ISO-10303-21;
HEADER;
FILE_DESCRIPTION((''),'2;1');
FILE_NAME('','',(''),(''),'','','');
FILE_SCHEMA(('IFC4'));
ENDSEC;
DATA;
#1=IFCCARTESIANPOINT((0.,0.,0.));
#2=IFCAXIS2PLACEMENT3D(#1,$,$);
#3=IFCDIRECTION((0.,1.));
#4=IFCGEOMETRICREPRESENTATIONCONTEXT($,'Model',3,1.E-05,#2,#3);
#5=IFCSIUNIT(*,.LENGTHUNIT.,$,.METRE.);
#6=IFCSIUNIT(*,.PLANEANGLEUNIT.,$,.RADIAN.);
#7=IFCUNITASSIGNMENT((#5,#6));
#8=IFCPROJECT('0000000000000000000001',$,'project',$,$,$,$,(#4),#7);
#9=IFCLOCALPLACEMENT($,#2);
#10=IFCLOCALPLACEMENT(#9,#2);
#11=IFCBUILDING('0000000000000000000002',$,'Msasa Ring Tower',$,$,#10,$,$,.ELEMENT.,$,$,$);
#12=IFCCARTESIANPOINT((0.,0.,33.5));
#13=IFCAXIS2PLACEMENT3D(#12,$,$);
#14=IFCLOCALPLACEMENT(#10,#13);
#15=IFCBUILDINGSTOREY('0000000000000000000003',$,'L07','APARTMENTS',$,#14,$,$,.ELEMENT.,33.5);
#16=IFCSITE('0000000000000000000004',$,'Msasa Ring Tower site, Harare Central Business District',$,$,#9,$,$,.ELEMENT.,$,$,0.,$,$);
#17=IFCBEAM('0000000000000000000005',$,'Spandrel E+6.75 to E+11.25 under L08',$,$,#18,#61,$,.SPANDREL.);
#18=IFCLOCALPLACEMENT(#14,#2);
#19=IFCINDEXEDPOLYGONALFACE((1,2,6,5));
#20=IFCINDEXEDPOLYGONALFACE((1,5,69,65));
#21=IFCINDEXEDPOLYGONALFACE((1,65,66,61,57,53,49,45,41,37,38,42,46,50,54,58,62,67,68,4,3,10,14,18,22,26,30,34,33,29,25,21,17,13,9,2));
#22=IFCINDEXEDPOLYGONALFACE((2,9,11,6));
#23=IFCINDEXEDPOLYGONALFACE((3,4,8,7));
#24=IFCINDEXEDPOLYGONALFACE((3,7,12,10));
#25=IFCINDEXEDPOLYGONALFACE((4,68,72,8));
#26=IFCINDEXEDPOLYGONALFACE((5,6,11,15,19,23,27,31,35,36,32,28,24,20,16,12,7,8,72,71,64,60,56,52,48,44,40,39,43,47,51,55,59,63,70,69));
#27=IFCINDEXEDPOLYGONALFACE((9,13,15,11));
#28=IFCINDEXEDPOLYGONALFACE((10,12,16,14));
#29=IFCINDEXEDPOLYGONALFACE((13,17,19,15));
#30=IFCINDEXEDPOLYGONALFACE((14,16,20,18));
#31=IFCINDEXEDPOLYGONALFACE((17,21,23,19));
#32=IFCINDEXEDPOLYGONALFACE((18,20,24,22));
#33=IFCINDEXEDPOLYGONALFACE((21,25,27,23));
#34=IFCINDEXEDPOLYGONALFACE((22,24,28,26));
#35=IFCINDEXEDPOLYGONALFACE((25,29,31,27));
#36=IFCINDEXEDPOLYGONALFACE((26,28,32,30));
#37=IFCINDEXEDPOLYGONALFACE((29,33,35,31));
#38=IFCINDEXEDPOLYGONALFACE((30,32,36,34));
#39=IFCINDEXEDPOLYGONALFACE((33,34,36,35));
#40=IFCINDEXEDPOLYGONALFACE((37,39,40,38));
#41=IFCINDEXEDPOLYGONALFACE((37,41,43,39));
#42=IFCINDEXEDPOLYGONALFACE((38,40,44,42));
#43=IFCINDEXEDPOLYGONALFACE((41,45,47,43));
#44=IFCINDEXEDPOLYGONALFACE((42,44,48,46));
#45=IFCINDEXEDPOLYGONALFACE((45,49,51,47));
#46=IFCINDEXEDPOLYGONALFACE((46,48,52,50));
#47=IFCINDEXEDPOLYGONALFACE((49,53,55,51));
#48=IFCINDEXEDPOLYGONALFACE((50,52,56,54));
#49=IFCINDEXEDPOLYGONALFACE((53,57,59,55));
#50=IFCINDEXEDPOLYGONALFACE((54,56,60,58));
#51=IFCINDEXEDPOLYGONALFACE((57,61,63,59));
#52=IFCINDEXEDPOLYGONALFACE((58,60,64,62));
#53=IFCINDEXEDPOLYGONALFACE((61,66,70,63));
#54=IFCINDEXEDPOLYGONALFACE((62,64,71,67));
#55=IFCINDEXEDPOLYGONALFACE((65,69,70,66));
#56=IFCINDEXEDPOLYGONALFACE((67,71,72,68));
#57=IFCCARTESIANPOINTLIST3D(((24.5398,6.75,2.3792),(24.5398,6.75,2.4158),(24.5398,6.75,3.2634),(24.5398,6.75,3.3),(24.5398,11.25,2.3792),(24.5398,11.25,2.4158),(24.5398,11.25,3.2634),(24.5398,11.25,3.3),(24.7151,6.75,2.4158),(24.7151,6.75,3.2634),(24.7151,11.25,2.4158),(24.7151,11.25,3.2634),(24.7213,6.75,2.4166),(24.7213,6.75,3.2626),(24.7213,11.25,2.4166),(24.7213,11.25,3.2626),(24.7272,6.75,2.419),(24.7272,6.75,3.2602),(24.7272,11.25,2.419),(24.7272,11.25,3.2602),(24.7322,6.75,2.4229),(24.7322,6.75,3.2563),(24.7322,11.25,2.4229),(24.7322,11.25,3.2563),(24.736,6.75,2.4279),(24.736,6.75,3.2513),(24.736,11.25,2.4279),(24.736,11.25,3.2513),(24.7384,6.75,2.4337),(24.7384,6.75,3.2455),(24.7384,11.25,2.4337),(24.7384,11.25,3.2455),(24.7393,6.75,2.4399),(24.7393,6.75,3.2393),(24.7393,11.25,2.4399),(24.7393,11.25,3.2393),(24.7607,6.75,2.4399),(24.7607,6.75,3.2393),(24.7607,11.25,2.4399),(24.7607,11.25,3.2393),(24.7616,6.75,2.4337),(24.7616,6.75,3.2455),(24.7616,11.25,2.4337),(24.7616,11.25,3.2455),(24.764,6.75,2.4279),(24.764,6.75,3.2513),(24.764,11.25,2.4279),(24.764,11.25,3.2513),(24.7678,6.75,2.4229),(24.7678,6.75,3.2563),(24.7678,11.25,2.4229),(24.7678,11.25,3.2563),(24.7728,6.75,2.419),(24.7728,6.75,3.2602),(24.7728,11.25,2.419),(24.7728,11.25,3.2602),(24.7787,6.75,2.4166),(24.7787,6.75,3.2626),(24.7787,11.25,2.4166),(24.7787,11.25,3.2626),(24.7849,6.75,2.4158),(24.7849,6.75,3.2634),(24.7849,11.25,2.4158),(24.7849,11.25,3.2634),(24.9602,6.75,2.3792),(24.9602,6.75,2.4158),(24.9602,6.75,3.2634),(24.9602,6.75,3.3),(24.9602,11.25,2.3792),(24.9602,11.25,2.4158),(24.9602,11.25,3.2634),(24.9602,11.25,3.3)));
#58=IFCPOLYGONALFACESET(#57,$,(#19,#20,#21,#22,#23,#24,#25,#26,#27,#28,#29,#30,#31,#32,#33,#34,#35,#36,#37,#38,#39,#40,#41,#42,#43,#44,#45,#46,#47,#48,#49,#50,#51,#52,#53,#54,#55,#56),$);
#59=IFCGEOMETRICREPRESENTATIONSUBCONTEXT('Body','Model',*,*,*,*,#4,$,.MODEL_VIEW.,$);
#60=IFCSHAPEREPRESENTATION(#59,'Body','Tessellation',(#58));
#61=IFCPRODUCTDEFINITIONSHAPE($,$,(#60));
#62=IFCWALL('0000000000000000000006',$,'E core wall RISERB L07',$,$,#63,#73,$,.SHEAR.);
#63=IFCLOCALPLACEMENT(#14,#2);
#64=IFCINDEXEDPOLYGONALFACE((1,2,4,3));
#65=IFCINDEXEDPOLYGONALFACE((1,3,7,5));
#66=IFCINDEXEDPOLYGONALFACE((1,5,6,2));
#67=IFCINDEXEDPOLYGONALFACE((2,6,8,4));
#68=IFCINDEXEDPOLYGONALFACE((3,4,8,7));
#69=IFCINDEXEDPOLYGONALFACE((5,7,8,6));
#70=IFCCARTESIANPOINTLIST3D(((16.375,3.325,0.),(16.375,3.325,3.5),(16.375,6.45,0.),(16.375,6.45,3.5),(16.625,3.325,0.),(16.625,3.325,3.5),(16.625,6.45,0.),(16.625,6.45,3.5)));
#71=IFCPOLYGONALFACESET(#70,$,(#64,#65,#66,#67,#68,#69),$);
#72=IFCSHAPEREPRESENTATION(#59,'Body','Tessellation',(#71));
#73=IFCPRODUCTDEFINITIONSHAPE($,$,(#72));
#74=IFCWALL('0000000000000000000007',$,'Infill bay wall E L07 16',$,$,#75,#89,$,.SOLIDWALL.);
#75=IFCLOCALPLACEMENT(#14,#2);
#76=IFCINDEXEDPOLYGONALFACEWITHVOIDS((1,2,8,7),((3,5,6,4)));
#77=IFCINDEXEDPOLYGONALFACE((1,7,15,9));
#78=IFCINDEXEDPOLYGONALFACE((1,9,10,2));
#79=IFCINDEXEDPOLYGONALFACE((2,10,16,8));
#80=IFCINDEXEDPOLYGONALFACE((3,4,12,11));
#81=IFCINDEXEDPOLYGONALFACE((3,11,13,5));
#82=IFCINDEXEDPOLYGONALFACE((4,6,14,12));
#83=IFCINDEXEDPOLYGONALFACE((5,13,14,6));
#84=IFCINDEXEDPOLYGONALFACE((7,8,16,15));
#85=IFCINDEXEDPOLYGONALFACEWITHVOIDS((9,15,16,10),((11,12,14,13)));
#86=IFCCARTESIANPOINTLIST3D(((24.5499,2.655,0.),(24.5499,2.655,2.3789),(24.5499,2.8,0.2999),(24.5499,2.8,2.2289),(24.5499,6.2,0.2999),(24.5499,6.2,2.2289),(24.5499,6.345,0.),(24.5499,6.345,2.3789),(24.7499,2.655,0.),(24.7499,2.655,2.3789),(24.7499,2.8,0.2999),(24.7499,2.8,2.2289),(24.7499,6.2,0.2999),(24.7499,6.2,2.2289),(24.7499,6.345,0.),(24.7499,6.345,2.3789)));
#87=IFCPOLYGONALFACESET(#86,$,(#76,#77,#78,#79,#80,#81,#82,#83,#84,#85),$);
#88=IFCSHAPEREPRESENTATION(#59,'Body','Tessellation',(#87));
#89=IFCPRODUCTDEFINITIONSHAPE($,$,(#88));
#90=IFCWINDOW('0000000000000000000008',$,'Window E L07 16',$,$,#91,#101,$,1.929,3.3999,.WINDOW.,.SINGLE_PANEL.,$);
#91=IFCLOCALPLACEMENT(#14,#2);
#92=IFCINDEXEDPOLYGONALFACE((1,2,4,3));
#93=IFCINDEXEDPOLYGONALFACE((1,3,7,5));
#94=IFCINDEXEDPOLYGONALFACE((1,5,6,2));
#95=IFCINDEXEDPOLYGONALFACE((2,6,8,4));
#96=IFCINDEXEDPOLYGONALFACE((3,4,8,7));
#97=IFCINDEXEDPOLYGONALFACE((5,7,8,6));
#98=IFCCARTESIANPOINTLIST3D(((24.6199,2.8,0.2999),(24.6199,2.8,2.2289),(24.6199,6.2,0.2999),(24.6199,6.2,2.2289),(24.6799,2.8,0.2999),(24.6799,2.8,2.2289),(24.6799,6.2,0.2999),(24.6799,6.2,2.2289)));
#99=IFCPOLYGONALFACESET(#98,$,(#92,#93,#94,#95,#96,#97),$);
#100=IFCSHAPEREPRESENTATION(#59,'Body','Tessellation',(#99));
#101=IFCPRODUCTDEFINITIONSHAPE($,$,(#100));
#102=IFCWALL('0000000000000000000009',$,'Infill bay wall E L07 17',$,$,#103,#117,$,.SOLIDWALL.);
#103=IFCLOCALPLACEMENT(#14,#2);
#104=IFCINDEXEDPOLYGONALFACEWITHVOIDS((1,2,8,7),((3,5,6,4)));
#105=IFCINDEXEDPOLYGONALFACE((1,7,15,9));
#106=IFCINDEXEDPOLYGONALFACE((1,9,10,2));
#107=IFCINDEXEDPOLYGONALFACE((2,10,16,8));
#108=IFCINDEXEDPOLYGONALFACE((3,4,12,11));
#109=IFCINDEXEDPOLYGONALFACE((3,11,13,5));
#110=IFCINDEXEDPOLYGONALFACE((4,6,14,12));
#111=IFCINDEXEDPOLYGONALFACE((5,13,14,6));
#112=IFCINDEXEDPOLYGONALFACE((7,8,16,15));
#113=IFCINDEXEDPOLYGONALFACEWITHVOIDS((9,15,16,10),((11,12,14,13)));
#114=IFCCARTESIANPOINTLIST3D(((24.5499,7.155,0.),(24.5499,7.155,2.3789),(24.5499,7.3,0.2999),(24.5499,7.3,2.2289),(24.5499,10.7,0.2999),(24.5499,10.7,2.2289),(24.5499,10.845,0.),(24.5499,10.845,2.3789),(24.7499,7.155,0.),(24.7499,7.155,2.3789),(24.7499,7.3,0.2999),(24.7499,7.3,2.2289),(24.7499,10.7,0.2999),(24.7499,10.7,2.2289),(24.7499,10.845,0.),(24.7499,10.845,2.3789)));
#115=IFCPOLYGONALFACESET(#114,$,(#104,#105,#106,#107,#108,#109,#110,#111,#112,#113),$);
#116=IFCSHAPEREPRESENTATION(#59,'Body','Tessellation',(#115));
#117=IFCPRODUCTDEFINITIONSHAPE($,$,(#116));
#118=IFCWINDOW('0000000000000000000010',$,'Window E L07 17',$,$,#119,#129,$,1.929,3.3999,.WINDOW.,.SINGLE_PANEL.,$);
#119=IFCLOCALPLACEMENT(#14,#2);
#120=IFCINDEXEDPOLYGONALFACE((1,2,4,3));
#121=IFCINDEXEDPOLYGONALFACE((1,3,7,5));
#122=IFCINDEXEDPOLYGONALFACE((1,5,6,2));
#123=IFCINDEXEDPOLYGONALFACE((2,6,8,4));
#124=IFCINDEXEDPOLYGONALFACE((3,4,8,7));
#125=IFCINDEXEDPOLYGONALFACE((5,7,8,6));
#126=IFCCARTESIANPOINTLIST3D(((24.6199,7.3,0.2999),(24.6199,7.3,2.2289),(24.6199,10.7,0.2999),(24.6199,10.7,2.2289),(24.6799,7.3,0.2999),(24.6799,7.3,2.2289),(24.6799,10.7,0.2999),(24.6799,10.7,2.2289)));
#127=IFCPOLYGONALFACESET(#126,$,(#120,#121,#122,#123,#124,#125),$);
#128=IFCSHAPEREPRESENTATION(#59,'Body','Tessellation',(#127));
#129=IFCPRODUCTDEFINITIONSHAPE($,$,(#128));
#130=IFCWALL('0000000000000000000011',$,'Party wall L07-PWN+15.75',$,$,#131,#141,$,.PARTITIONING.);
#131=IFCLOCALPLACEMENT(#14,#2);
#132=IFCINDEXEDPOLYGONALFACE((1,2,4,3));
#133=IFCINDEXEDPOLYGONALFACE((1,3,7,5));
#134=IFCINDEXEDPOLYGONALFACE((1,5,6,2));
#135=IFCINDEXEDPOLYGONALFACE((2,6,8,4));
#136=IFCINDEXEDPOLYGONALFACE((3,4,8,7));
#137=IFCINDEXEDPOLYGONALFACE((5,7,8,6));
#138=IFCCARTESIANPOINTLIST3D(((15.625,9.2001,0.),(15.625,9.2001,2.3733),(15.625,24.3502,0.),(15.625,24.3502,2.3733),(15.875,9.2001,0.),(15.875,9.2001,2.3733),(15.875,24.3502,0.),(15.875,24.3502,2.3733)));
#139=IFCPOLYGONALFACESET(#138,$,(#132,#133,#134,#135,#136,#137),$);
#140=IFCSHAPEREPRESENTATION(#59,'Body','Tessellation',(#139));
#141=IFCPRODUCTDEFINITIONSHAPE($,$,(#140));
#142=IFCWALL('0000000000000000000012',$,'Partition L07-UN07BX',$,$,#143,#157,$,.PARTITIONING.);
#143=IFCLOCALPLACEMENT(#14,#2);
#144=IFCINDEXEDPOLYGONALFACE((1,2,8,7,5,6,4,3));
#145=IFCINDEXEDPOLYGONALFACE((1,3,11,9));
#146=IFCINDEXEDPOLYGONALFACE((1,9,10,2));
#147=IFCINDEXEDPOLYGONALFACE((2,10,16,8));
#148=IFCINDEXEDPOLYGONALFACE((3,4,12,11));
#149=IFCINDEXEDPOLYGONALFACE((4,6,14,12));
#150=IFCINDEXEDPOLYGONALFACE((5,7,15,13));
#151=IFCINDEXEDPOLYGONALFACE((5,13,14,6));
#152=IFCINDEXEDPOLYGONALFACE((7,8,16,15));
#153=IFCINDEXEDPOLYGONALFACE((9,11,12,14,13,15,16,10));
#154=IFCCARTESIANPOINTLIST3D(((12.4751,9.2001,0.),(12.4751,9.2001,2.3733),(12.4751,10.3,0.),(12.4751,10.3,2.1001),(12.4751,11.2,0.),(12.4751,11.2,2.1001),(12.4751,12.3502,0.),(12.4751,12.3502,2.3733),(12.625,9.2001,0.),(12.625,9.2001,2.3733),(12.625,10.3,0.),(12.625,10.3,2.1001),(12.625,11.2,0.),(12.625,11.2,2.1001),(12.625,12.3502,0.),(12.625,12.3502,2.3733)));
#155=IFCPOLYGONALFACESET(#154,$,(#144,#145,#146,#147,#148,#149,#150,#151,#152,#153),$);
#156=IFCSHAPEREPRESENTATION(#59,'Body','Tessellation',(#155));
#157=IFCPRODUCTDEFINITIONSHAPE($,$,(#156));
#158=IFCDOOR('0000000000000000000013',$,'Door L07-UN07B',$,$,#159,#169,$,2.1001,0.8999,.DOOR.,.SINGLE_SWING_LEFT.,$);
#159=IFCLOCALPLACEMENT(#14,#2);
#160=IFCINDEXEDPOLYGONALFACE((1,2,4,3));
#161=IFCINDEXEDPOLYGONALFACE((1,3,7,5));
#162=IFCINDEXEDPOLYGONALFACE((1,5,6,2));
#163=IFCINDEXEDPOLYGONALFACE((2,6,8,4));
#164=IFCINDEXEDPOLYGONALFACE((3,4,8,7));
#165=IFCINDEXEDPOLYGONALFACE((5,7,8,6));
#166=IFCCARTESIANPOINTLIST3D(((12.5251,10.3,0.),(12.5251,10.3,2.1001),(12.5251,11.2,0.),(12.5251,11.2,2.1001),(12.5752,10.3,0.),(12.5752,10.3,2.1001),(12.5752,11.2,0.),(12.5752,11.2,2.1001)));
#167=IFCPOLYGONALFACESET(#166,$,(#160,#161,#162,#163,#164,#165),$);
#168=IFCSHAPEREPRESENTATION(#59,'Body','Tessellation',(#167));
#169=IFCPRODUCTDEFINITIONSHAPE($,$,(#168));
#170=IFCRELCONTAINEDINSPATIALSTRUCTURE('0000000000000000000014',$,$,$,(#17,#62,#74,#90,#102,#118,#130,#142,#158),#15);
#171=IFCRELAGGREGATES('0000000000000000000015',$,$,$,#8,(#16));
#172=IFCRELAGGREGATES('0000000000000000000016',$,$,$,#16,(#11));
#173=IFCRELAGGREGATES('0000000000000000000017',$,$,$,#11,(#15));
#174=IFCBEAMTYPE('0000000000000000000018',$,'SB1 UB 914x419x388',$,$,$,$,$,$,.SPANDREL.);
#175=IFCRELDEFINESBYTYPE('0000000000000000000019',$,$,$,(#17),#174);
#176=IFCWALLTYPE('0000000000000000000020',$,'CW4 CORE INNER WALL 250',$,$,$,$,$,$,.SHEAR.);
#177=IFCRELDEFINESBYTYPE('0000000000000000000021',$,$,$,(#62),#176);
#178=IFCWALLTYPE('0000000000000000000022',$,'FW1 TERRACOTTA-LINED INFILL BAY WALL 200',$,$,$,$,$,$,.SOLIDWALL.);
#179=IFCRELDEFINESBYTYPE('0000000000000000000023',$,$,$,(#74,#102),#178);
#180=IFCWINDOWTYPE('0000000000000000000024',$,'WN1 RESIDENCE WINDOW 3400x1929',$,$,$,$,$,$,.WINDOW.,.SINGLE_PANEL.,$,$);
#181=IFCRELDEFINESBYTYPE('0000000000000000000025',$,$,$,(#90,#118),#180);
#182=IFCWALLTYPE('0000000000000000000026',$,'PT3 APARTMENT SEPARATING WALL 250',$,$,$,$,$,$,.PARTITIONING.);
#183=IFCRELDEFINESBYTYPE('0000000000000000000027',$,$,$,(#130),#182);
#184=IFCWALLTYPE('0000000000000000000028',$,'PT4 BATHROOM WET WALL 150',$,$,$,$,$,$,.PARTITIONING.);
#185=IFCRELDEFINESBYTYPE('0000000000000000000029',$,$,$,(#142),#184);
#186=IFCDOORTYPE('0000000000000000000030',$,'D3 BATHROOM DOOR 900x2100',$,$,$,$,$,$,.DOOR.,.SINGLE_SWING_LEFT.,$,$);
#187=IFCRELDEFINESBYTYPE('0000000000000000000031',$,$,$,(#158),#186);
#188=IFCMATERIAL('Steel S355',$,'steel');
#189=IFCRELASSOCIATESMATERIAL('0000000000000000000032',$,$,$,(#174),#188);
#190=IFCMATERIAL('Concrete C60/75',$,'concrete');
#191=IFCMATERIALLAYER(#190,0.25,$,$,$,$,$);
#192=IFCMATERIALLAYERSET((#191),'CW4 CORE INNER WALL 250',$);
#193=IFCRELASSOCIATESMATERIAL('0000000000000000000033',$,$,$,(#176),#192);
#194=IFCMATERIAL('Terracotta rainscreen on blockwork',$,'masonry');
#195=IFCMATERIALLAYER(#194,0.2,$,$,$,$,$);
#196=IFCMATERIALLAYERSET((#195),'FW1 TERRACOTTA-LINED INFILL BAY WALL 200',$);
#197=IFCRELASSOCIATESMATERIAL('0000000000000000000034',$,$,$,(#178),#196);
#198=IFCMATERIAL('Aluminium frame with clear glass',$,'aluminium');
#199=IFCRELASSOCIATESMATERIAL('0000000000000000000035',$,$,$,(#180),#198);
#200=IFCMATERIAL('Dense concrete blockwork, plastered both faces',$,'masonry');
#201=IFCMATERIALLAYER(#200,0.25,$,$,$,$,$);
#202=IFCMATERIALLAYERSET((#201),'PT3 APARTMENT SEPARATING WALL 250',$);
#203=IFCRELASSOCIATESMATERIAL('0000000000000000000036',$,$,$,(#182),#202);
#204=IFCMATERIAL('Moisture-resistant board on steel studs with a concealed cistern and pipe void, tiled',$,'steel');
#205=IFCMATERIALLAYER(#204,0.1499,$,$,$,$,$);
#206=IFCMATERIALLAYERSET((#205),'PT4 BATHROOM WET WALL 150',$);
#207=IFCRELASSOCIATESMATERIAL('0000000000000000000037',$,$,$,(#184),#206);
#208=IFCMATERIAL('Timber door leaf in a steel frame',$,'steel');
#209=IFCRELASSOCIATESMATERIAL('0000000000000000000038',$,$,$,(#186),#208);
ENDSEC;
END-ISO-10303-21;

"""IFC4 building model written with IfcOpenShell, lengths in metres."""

from ifc_helpers import new_model, si_unit, direction, frame, frame_2d, origin, origin_2d, place, context, subcontext, project, spatial, rectangle, i_section, extrude, material, layer, layer_set, material_profile, profile_set, type_object, element, fill, save


model = new_model("IFC4")

# Units and contexts
model_context = context("Model", 3, precision=1e-05, world=origin(), true_north=direction((0.0, 1.0)))
body_context = subcontext(model_context, "Body", "Model", "MODEL_VIEW")
ifc_project = project(units=[si_unit("LENGTHUNIT", "METRE"), si_unit("PLANEANGLEUNIT", "RADIAN")], contexts=[model_context])

# Site, building, storey
site_placement = place(None, origin())
site = spatial("IfcSite", under=ifc_project, at=site_placement, Name="Msasa Ring Tower site, Harare Central Business District", CompositionType="ELEMENT", RefElevation=0.0)
building_placement = place(site_placement, origin())
building = spatial("IfcBuilding", under=site, at=building_placement, Name="Msasa Ring Tower", CompositionType="ELEMENT")
storey_placement = place(building_placement, frame((0.0, 0.0, 33.5)))
storey = spatial("IfcBuildingStorey", under=building, at=storey_placement, Name="L07", Description="APARTMENTS", CompositionType="ELEMENT", Elevation=33.5)

# Beam
ifc_material_1 = material(Name="Steel S355", Category="steel")
ifc_material_profile_1 = material_profile(ifc_material_1, i_section(OverallWidth=0.4204, OverallDepth=0.9209, WebThickness=0.0215, FlangeThickness=0.0366, FilletRadius=0.0242, at=origin_2d()), Name="UB 914x419x388")
ifc_profile_set_1 = profile_set([ifc_material_profile_1], Name="Steel S355")
beam_type_1 = type_object("IfcBeamType", Name="SB1 UB 914x419x388", PredefinedType="SPANDREL", material=ifc_profile_set_1)
for number, where, z_axis, x_axis, name in (
    (1, (24.75, 6.75, 2.8396), (0.0, 1.0, 0.0), (-1.0, 0.0, 0.0), "Spandrel E+6.75 to E+11.25 under L08"),
):
    element("IfcBeam", number, at=place(storey_placement, frame(where, z_axis=z_axis, x_axis=x_axis)), inside=storey, type_object=beam_type_1, Name=name, PredefinedType="SPANDREL", context=body_context, shape_type="SweptSolid", body=[
        extrude(i_section(OverallWidth=0.4204, OverallDepth=0.9209, WebThickness=0.0215, FlangeThickness=0.0366, FilletRadius=0.0242, at=origin_2d()), origin(), (0.0, 0.0, 1.0), 4.5),
    ])

# Wall
ifc_material_2 = material(Name="Concrete C60/75", Category="concrete")
ifc_layer_1 = layer(ifc_material_2, 0.25)
ifc_layer_set_1 = layer_set([ifc_layer_1], Name="CW4 CORE INNER WALL 250")
wall_type_1 = type_object("IfcWallType", Name="CW4 CORE INNER WALL 250", PredefinedType="SHEAR", material=ifc_layer_set_1)
wall_1_placement = place(storey_placement, frame((16.5, 3.325, 0.0), z_axis=(0.0, 0.0, 1.0), x_axis=(0.0, 1.0, 0.0)))
element("IfcWall", 2, at=wall_1_placement, inside=storey, type_object=wall_type_1, Name="E core wall RISERB L07", PredefinedType="SHEAR", context=body_context, shape_type="SweptSolid", body=[
    extrude(rectangle(XDim=3.125, YDim=0.25, at=frame_2d((1.5625, 0.0))), origin(), (0.0, 0.0, 1.0), 3.5),
])

# Walls, openings, windows
ifc_material_3 = material(Name="Terracotta rainscreen on blockwork", Category="masonry")
ifc_layer_2 = layer(ifc_material_3, 0.2)
ifc_layer_set_2 = layer_set([ifc_layer_2], Name="FW1 TERRACOTTA-LINED INFILL BAY WALL 200")
wall_type_2 = type_object("IfcWallType", Name="FW1 TERRACOTTA-LINED INFILL BAY WALL 200", PredefinedType="SOLIDWALL", material=ifc_layer_set_2)
wall_2_placement = place(storey_placement, frame((24.6499, 2.655, 0.0), z_axis=(0.0, 0.0, 1.0), x_axis=(0.0, 1.0, 0.0)))
wall_2 = element("IfcWall", 3, at=wall_2_placement, inside=storey, type_object=wall_type_2, Name="Infill bay wall E L07 16", PredefinedType="SOLIDWALL", context=body_context, shape_type="SweptSolid", body=[
    extrude(rectangle(XDim=3.6899, YDim=0.2, at=frame_2d((1.845, 0.0))), origin(), (0.0, 0.0, 1.0), 2.3789),
])
opening_1_placement = place(wall_2_placement, frame((0.145, 0.0, 0.3)))
opening_1 = element("IfcOpeningElement", 4, at=opening_1_placement, cuts=wall_2, PredefinedType="OPENING", context=body_context, shape_type="SweptSolid", body=[
    extrude(rectangle(XDim=3.3999, YDim=1.929, at=frame_2d((1.7, 0.9644))), frame((0.0, 0.1099, 0.0), z_axis=(0.0, -1.0, 0.0), x_axis=(1.0, 0.0, 0.0)), (0.0, 0.0, 1.0), 0.22),
])
ifc_material_4 = material(Name="Aluminium frame with clear glass", Category="aluminium")
window_type = type_object("IfcWindowType", Name="WN1 RESIDENCE WINDOW 3400x1929", PartitioningType="SINGLE_PANEL", PredefinedType="WINDOW", material=ifc_material_4)
window_1_placement = place(opening_1_placement, origin())
window_1 = element("IfcWindow", 5, at=window_1_placement, inside=storey, type_object=window_type, Name="Window E L07 16", OverallHeight=1.929, OverallWidth=3.3999, PartitioningType="SINGLE_PANEL", PredefinedType="WINDOW", context=body_context, shape_type="SweptSolid", body=[
    extrude(rectangle(XDim=3.3999, YDim=1.929, at=frame_2d((1.7, 0.9644))), frame((0.0, 0.03, 0.0), z_axis=(0.0, -1.0, 0.0), x_axis=(1.0, 0.0, 0.0)), (0.0, 0.0, 1.0), 0.0601),
])
fill(opening_1, window_1)
wall_3_placement = place(storey_placement, frame((24.6499, 7.155, 0.0), z_axis=(0.0, 0.0, 1.0), x_axis=(0.0, 1.0, 0.0)))
wall_3 = element("IfcWall", 6, at=wall_3_placement, inside=storey, type_object=wall_type_2, Name="Infill bay wall E L07 17", PredefinedType="SOLIDWALL", context=body_context, shape_type="SweptSolid", body=[
    extrude(rectangle(XDim=3.6899, YDim=0.2, at=frame_2d((1.845, 0.0))), origin(), (0.0, 0.0, 1.0), 2.3789),
])
opening_2_placement = place(wall_3_placement, frame((0.145, 0.0, 0.3)))
opening_2 = element("IfcOpeningElement", 7, at=opening_2_placement, cuts=wall_3, PredefinedType="OPENING", context=body_context, shape_type="SweptSolid", body=[
    extrude(rectangle(XDim=3.3999, YDim=1.929, at=frame_2d((1.7, 0.9644))), frame((0.0, 0.1099, 0.0), z_axis=(0.0, -1.0, 0.0), x_axis=(1.0, 0.0, 0.0)), (0.0, 0.0, 1.0), 0.22),
])
window_2_placement = place(opening_2_placement, origin())
window_2 = element("IfcWindow", 8, at=window_2_placement, inside=storey, type_object=window_type, Name="Window E L07 17", OverallHeight=1.929, OverallWidth=3.3999, PartitioningType="SINGLE_PANEL", PredefinedType="WINDOW", context=body_context, shape_type="SweptSolid", body=[
    extrude(rectangle(XDim=3.3999, YDim=1.929, at=frame_2d((1.7, 0.9644))), frame((0.0, 0.03, 0.0), z_axis=(0.0, -1.0, 0.0), x_axis=(1.0, 0.0, 0.0)), (0.0, 0.0, 1.0), 0.0601),
])
fill(opening_2, window_2)

# Wall
ifc_material_5 = material(Name="Dense concrete blockwork, plastered both faces", Category="masonry")
ifc_layer_3 = layer(ifc_material_5, 0.25)
ifc_layer_set_3 = layer_set([ifc_layer_3], Name="PT3 APARTMENT SEPARATING WALL 250")
wall_type_3 = type_object("IfcWallType", Name="PT3 APARTMENT SEPARATING WALL 250", PredefinedType="PARTITIONING", material=ifc_layer_set_3)
wall_4_placement = place(storey_placement, frame((15.75, 9.2, 0.0), z_axis=(0.0, 0.0, 1.0), x_axis=(0.0, 1.0, 0.0)))
element("IfcWall", 9, at=wall_4_placement, inside=storey, type_object=wall_type_3, Name="Party wall L07-PWN+15.75", PredefinedType="PARTITIONING", context=body_context, shape_type="SweptSolid", body=[
    extrude(rectangle(XDim=15.1501, YDim=0.25, at=frame_2d((7.5752, 0.0))), origin(), (0.0, 0.0, 1.0), 2.3733),
])

# Wall, opening, door
ifc_material_6 = material(Name="Moisture-resistant board on steel studs with a concealed cistern and pipe void, tiled", Category="steel")
ifc_layer_4 = layer(ifc_material_6, 0.1499)
ifc_layer_set_4 = layer_set([ifc_layer_4], Name="PT4 BATHROOM WET WALL 150")
wall_type_4 = type_object("IfcWallType", Name="PT4 BATHROOM WET WALL 150", PredefinedType="PARTITIONING", material=ifc_layer_set_4)
wall_5_placement = place(storey_placement, frame((12.55, 9.2, 0.0), z_axis=(0.0, 0.0, 1.0), x_axis=(0.0, 1.0, 0.0)))
wall_5 = element("IfcWall", 10, at=wall_5_placement, inside=storey, type_object=wall_type_4, Name="Partition L07-UN07BX", PredefinedType="PARTITIONING", context=body_context, shape_type="SweptSolid", body=[
    extrude(rectangle(XDim=3.1501, YDim=0.1499, at=frame_2d((1.5752, 0.0))), origin(), (0.0, 0.0, 1.0), 2.3733),
])
opening_3_placement = place(wall_5_placement, frame((1.1001, 0.0, 0.0)))
opening_3 = element("IfcOpeningElement", 11, at=opening_3_placement, cuts=wall_5, PredefinedType="OPENING", context=body_context, shape_type="SweptSolid", body=[
    extrude(rectangle(XDim=0.8999, YDim=2.1001, at=frame_2d((0.45, 1.05))), frame((0.0, 0.085, 0.0), z_axis=(0.0, -1.0, 0.0), x_axis=(1.0, 0.0, 0.0)), (0.0, 0.0, 1.0), 0.1699),
])
ifc_material_7 = material(Name="Timber door leaf in a steel frame", Category="steel")
door_type = type_object("IfcDoorType", Name="D3 BATHROOM DOOR 900x2100", OperationType="SINGLE_SWING_LEFT", PredefinedType="DOOR", material=ifc_material_7)
door_1_placement = place(opening_3_placement, origin())
door_1 = element("IfcDoor", 12, at=door_1_placement, inside=storey, type_object=door_type, Name="Door L07-UN07B", OperationType="SINGLE_SWING_LEFT", OverallHeight=2.1001, OverallWidth=0.8999, PredefinedType="DOOR", context=body_context, shape_type="SweptSolid", body=[
    extrude(rectangle(XDim=0.8999, YDim=2.1001, at=frame_2d((0.45, 1.05))), frame((0.0, 0.0249, 0.0), z_axis=(0.0, -1.0, 0.0), x_axis=(1.0, 0.0, 0.0)), (0.0, 0.0, 1.0), 0.05),
])
fill(opening_3, door_1)

save(model, "model.ifc")
